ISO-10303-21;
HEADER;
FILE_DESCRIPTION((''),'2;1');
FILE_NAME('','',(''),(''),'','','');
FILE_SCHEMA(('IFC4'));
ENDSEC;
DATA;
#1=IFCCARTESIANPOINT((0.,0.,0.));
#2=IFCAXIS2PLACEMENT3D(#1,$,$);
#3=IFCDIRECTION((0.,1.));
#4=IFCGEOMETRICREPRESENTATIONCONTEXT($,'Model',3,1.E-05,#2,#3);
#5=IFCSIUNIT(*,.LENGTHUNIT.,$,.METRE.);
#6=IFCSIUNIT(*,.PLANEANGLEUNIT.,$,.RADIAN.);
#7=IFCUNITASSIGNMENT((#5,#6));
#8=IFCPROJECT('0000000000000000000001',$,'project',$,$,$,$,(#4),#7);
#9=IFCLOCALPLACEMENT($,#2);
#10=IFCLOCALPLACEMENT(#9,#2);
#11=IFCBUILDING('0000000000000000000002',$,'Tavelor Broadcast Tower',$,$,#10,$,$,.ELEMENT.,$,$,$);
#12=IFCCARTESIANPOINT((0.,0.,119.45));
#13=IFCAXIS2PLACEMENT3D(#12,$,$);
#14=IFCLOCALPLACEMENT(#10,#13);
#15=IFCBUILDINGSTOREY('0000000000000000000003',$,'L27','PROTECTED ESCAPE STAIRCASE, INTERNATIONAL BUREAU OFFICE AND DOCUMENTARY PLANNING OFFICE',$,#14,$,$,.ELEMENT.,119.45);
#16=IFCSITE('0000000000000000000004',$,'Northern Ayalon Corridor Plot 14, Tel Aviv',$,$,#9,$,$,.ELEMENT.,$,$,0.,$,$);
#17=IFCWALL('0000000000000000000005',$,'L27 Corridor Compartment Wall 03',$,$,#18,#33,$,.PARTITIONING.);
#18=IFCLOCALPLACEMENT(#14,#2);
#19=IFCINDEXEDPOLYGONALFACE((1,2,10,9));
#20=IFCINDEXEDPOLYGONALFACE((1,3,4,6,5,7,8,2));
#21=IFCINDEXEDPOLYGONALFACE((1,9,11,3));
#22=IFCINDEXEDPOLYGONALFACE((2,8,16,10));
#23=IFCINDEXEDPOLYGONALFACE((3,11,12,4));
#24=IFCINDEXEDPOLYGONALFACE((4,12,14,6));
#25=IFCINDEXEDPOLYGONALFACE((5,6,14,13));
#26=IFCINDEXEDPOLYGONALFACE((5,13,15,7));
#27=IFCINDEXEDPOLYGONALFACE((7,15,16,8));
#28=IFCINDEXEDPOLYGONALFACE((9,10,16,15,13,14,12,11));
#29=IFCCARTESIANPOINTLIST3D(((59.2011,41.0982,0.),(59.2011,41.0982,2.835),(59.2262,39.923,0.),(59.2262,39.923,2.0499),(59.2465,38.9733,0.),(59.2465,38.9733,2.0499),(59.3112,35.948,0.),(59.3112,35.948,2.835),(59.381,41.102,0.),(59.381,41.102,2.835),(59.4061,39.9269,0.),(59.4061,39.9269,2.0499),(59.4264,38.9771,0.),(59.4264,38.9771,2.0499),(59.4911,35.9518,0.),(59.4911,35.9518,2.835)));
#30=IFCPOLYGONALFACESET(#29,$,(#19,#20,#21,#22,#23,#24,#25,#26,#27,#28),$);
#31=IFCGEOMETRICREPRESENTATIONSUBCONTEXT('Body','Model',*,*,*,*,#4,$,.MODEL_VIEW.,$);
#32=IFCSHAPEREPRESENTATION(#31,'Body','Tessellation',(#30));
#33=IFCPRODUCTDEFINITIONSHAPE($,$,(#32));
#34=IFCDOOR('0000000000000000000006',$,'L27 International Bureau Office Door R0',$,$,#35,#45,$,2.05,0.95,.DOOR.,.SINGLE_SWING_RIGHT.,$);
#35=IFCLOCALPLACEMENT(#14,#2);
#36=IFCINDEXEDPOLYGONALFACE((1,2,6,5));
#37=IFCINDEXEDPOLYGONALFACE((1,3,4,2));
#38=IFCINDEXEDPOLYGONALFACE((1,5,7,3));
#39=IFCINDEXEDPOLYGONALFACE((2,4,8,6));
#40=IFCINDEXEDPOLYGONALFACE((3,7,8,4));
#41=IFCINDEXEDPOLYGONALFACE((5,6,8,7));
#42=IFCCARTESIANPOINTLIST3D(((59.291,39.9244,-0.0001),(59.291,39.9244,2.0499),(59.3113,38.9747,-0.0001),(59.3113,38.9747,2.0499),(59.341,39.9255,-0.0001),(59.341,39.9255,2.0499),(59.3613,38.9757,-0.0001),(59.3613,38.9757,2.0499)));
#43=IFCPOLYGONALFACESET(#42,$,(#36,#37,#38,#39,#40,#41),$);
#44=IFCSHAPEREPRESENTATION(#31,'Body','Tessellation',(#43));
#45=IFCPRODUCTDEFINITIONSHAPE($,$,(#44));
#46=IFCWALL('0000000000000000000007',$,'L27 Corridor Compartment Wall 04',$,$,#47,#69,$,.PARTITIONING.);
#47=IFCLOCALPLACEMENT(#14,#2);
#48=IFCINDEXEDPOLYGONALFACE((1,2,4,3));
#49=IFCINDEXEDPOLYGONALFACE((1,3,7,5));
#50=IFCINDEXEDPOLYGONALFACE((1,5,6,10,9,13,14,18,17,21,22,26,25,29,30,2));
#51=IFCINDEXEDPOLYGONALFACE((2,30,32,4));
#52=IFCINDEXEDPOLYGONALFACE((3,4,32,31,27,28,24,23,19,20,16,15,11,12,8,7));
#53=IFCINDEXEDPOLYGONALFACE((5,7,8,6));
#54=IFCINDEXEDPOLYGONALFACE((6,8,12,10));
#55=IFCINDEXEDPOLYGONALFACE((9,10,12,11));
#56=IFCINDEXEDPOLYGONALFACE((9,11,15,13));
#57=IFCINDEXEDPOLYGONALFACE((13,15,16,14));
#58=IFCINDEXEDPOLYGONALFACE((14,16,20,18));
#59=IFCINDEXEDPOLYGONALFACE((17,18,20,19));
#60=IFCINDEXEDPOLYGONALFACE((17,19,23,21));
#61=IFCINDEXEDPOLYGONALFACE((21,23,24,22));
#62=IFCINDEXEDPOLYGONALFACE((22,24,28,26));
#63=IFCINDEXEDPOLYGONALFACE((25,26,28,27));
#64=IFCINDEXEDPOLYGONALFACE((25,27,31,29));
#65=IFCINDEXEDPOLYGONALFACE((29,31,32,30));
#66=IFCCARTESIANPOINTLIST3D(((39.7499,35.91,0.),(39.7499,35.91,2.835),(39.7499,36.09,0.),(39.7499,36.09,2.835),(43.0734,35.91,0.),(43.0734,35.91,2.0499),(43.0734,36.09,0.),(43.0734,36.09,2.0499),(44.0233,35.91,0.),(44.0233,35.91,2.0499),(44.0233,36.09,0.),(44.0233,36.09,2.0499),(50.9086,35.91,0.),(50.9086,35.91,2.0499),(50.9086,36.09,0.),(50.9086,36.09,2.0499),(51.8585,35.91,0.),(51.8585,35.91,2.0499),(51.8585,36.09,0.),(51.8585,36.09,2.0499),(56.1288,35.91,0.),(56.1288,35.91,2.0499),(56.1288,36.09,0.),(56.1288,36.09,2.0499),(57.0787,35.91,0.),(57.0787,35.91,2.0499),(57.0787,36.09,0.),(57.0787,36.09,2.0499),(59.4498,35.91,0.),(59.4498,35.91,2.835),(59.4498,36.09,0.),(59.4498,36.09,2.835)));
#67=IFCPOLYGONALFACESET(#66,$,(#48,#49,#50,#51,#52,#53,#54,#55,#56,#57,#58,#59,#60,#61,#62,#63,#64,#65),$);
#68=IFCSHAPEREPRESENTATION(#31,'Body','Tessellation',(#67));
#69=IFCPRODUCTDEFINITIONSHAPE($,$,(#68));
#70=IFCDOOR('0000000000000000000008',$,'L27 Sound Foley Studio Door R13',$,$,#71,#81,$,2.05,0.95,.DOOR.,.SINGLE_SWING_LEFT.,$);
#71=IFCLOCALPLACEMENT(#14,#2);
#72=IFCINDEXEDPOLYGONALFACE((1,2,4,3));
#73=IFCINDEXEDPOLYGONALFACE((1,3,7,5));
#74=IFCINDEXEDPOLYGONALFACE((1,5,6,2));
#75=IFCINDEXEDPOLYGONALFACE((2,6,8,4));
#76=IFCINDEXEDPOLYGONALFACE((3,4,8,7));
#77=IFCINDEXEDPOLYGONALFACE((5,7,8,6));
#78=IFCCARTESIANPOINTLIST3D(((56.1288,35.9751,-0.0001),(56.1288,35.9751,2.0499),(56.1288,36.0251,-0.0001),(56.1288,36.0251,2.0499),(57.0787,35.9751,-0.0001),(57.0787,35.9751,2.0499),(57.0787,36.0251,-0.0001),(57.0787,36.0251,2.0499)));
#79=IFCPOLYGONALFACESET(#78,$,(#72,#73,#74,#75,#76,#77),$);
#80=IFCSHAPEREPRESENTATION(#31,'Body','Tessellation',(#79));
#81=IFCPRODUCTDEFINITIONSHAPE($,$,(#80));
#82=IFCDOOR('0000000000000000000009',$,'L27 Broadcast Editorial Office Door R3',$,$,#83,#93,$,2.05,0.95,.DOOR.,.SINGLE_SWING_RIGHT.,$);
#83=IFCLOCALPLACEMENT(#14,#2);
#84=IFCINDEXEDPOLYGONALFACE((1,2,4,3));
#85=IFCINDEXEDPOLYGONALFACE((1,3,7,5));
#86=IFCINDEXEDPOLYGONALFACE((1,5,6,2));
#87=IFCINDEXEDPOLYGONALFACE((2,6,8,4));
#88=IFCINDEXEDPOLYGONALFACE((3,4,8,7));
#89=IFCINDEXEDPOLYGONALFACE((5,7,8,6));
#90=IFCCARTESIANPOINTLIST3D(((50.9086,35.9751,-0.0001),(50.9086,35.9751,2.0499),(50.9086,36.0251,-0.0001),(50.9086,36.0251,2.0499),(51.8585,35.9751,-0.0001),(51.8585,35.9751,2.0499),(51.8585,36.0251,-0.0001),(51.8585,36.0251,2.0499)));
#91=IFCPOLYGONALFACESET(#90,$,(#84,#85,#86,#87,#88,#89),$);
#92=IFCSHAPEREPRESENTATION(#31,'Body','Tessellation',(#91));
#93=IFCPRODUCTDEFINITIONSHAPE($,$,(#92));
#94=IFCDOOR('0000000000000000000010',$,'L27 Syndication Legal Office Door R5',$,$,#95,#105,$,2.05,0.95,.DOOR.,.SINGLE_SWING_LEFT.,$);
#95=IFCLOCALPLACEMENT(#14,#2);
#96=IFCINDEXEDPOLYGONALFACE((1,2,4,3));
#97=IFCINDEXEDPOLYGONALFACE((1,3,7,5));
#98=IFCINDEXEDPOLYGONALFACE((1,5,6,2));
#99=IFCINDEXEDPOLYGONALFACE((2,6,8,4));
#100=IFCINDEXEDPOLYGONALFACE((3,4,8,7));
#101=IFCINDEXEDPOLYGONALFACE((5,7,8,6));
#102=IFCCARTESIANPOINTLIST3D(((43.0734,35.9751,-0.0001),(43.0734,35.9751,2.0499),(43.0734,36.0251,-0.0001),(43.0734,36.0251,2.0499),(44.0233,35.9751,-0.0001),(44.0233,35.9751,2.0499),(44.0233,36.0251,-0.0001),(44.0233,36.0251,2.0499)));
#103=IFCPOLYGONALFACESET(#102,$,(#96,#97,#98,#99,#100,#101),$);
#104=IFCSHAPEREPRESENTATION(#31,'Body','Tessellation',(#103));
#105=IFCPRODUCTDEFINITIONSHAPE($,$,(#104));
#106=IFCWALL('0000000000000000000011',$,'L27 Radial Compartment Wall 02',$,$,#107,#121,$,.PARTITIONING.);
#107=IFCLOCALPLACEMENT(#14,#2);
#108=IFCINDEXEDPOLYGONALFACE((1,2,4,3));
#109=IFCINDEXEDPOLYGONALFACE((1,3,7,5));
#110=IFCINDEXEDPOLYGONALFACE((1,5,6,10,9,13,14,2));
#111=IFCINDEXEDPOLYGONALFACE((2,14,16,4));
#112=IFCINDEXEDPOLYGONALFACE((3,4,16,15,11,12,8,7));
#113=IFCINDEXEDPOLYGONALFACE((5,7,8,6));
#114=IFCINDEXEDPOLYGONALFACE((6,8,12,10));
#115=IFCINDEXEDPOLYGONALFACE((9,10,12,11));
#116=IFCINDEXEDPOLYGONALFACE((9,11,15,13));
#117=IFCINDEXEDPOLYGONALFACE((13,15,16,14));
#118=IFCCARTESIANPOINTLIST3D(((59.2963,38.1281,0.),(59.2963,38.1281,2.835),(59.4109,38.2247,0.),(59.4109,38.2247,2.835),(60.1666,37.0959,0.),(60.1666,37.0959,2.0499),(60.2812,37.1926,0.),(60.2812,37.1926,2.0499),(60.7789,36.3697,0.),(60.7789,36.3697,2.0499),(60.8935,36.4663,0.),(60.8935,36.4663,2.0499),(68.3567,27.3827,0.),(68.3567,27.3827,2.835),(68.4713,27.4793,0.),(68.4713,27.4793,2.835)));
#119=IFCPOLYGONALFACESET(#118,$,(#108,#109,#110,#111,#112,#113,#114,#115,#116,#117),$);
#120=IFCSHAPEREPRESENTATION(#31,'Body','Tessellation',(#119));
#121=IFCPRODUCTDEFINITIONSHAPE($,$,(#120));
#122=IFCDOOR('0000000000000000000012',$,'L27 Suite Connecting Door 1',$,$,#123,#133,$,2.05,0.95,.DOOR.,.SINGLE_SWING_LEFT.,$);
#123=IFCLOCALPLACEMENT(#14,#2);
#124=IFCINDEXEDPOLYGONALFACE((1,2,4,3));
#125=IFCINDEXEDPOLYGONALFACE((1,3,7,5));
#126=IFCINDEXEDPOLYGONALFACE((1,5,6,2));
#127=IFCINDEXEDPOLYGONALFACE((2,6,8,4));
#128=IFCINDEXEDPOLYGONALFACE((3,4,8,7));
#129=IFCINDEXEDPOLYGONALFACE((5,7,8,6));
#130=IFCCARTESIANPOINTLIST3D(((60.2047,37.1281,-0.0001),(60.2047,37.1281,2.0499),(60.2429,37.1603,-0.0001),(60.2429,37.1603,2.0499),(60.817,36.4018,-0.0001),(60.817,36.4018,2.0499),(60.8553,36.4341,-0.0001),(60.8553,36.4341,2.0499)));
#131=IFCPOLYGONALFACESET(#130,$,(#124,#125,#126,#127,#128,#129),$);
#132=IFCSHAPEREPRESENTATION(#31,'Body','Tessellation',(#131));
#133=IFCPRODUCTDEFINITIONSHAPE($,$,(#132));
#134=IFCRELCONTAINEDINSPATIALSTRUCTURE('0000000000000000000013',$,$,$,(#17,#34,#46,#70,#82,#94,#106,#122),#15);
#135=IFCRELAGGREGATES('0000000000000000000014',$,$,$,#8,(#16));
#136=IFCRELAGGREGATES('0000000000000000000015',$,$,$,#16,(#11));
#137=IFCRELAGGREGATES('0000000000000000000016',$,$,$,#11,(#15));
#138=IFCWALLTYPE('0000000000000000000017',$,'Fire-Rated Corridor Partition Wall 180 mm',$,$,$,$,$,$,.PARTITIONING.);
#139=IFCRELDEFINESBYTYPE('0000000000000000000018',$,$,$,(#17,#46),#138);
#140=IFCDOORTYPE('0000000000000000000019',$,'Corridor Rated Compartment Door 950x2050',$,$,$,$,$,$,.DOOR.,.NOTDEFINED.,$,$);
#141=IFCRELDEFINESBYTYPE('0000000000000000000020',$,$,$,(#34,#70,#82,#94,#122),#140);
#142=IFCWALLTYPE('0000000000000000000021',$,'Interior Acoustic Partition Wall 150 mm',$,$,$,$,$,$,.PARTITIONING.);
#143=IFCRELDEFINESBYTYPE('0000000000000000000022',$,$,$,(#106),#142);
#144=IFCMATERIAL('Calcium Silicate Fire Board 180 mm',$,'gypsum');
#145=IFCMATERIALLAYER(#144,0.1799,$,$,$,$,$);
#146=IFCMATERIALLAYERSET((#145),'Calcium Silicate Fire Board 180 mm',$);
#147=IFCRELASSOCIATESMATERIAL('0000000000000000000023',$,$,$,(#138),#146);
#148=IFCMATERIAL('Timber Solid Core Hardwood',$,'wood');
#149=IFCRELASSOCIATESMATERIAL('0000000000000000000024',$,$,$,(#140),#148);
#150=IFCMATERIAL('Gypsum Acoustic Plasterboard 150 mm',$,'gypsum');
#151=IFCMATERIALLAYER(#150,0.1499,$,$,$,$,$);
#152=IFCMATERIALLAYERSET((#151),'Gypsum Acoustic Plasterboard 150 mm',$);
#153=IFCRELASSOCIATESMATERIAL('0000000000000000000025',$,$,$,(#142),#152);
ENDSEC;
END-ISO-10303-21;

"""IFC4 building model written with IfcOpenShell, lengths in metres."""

from ifc_helpers import new_model, si_unit, direction, frame, frame_2d, origin, place, context, subcontext, project, spatial, rectangle, extrude, material, layer, layer_set, type_object, element, fill, save


model = new_model("IFC4")

# Units and contexts
model_context = context("Model", 3, precision=1e-05, world=origin(), true_north=direction((0.0, 1.0)))
body_context = subcontext(model_context, "Body", "Model", "MODEL_VIEW")
ifc_project = project(units=[si_unit("LENGTHUNIT", "METRE"), si_unit("PLANEANGLEUNIT", "RADIAN")], contexts=[model_context])

# Site, building, storey
site_placement = place(None, origin())
site = spatial("IfcSite", under=ifc_project, at=site_placement, Name="Northern Ayalon Corridor Plot 14, Tel Aviv", CompositionType="ELEMENT", RefElevation=0.0)
building_placement = place(site_placement, origin())
building = spatial("IfcBuilding", under=site, at=building_placement, Name="Tavelor Broadcast Tower", CompositionType="ELEMENT")
storey_placement = place(building_placement, frame((0.0, 0.0, 119.45)))
storey = spatial("IfcBuildingStorey", under=building, at=storey_placement, Name="L27", Description="PROTECTED ESCAPE STAIRCASE, INTERNATIONAL BUREAU OFFICE AND DOCUMENTARY PLANNING OFFICE", CompositionType="ELEMENT", Elevation=119.45)

# Wall, opening, door
ifc_material_1 = material(Name="Calcium Silicate Fire Board 180 mm", Category="gypsum")
ifc_layer_1 = layer(ifc_material_1, 0.1799)
ifc_layer_set_1 = layer_set([ifc_layer_1], Name="Calcium Silicate Fire Board 180 mm")
wall_type_1 = type_object("IfcWallType", Name="Fire-Rated Corridor Partition Wall 180 mm", PredefinedType="PARTITIONING", material=ifc_layer_set_1)
wall_1_placement = place(storey_placement, frame((59.291, 41.1001, 0.0), z_axis=(0.0, 0.0, 1.0), x_axis=(0.021375, -0.999772, 0.0)))
wall_1 = element("IfcWall", 1, at=wall_1_placement, inside=storey, type_object=wall_type_1, Name="L27 Corridor Compartment Wall 03", PredefinedType="PARTITIONING", context=body_context, shape_type="SweptSolid", body=[
    extrude(rectangle(XDim=5.1514, YDim=0.1799, at=frame_2d((2.5757, 0.0))), origin(), (0.0, 0.0, 1.0), 2.835),
])
opening_1_placement = place(wall_1_placement, frame((1.1753, 0.0, 0.0)))
opening_1 = element("IfcOpeningElement", 2, at=opening_1_placement, cuts=wall_1, PredefinedType="OPENING", context=body_context, shape_type="SweptSolid", body=[
    extrude(rectangle(XDim=0.95, YDim=2.05, at=frame_2d((0.4751, 1.0249))), frame((0.0, 0.1001, 0.0), z_axis=(0.0, -1.0, 0.0), x_axis=(1.0, 0.0, 0.0)), (0.0, 0.0, 1.0), 0.2),
])
ifc_material_2 = material(Name="Timber Solid Core Hardwood", Category="wood")
door_type_1 = type_object("IfcDoorType", Name="Corridor Rated Compartment Door 950x2050", OperationType="NOTDEFINED", PredefinedType="DOOR", material=ifc_material_2)
door_1_placement = place(opening_1_placement, origin())
door_1 = element("IfcDoor", 3, at=door_1_placement, inside=storey, type_object=door_type_1, Name="L27 International Bureau Office Door R0", OperationType="SINGLE_SWING_RIGHT", OverallHeight=2.05, OverallWidth=0.95, PredefinedType="DOOR", context=body_context, shape_type="SweptSolid", body=[
    extrude(rectangle(XDim=0.95, YDim=2.05, at=frame_2d((0.4751, 1.0249))), frame((0.0, 0.0249, 0.0), z_axis=(0.0, -1.0, 0.0), x_axis=(1.0, 0.0, 0.0)), (0.0, 0.0, 1.0), 0.05),
])
fill(opening_1, door_1)

# Wall, openings, doors
wall_2_placement = place(storey_placement, frame((59.45, 36.0, 0.0), z_axis=(0.0, 0.0, 1.0), x_axis=(-1.0, 0.0, 0.0)))
wall_2 = element("IfcWall", 4, at=wall_2_placement, inside=storey, type_object=wall_type_1, Name="L27 Corridor Compartment Wall 04", PredefinedType="PARTITIONING", context=body_context, shape_type="SweptSolid", body=[
    extrude(rectangle(XDim=19.7, YDim=0.1799, at=frame_2d((9.8501, 0.0))), origin(), (0.0, 0.0, 1.0), 2.835),
])
opening_2_placement = place(wall_2_placement, frame((2.3711, 0.0, 0.0)))
opening_2 = element("IfcOpeningElement", 5, at=opening_2_placement, cuts=wall_2, PredefinedType="OPENING", context=body_context, shape_type="SweptSolid", body=[
    extrude(rectangle(XDim=0.95, YDim=2.05, at=frame_2d((0.4751, 1.0249))), frame((0.0, 0.1001, 0.0), z_axis=(0.0, -1.0, 0.0), x_axis=(1.0, 0.0, 0.0)), (0.0, 0.0, 1.0), 0.2),
])
opening_3_placement = place(wall_2_placement, frame((7.5913, 0.0, 0.0)))
opening_3 = element("IfcOpeningElement", 6, at=opening_3_placement, cuts=wall_2, PredefinedType="OPENING", context=body_context, shape_type="SweptSolid", body=[
    extrude(rectangle(XDim=0.95, YDim=2.05, at=frame_2d((0.4751, 1.0249))), frame((0.0, 0.1001, 0.0), z_axis=(0.0, -1.0, 0.0), x_axis=(1.0, 0.0, 0.0)), (0.0, 0.0, 1.0), 0.2),
])
opening_4_placement = place(wall_2_placement, frame((15.4265, 0.0, 0.0)))
opening_4 = element("IfcOpeningElement", 7, at=opening_4_placement, cuts=wall_2, PredefinedType="OPENING", context=body_context, shape_type="SweptSolid", body=[
    extrude(rectangle(XDim=0.95, YDim=2.05, at=frame_2d((0.4751, 1.0249))), frame((0.0, 0.1001, 0.0), z_axis=(0.0, -1.0, 0.0), x_axis=(1.0, 0.0, 0.0)), (0.0, 0.0, 1.0), 0.2),
])
door_2_placement = place(opening_2_placement, origin())
door_2 = element("IfcDoor", 8, at=door_2_placement, inside=storey, type_object=door_type_1, Name="L27 Sound Foley Studio Door R13", OperationType="SINGLE_SWING_LEFT", OverallHeight=2.05, OverallWidth=0.95, PredefinedType="DOOR", context=body_context, shape_type="SweptSolid", body=[
    extrude(rectangle(XDim=0.95, YDim=2.05, at=frame_2d((0.4751, 1.0249))), frame((0.0, 0.0249, 0.0), z_axis=(0.0, -1.0, 0.0), x_axis=(1.0, 0.0, 0.0)), (0.0, 0.0, 1.0), 0.05),
])
fill(opening_2, door_2)
door_3_placement = place(opening_3_placement, origin())
door_3 = element("IfcDoor", 9, at=door_3_placement, inside=storey, type_object=door_type_1, Name="L27 Broadcast Editorial Office Door R3", OperationType="SINGLE_SWING_RIGHT", OverallHeight=2.05, OverallWidth=0.95, PredefinedType="DOOR", context=body_context, shape_type="SweptSolid", body=[
    extrude(rectangle(XDim=0.95, YDim=2.05, at=frame_2d((0.4751, 1.0249))), frame((0.0, 0.0249, 0.0), z_axis=(0.0, -1.0, 0.0), x_axis=(1.0, 0.0, 0.0)), (0.0, 0.0, 1.0), 0.05),
])
fill(opening_3, door_3)
door_4_placement = place(opening_4_placement, origin())
door_4 = element("IfcDoor", 10, at=door_4_placement, inside=storey, type_object=door_type_1, Name="L27 Syndication Legal Office Door R5", OperationType="SINGLE_SWING_LEFT", OverallHeight=2.05, OverallWidth=0.95, PredefinedType="DOOR", context=body_context, shape_type="SweptSolid", body=[
    extrude(rectangle(XDim=0.95, YDim=2.05, at=frame_2d((0.4751, 1.0249))), frame((0.0, 0.0249, 0.0), z_axis=(0.0, -1.0, 0.0), x_axis=(1.0, 0.0, 0.0)), (0.0, 0.0, 1.0), 0.05),
])
fill(opening_4, door_4)

# Wall, opening, door
ifc_material_3 = material(Name="Gypsum Acoustic Plasterboard 150 mm", Category="gypsum")
ifc_layer_2 = layer(ifc_material_3, 0.1499)
ifc_layer_set_2 = layer_set([ifc_layer_2], Name="Gypsum Acoustic Plasterboard 150 mm")
wall_type_2 = type_object("IfcWallType", Name="Interior Acoustic Partition Wall 150 mm", PredefinedType="PARTITIONING", material=ifc_layer_set_2)
wall_3_placement = place(storey_placement, frame((59.3535, 38.1765, 0.0), z_axis=(0.0, 0.0, 1.0), x_axis=(0.644618, -0.764505, 0.0)))
wall_3 = element("IfcWall", 11, at=wall_3_placement, inside=storey, type_object=wall_type_2, Name="L27 Radial Compartment Wall 02", PredefinedType="PARTITIONING", context=body_context, shape_type="SweptSolid", body=[
    extrude(rectangle(XDim=14.0554, YDim=0.1499, at=frame_2d((7.0278, 0.0))), origin(), (0.0, 0.0, 1.0), 2.835),
])
opening_5_placement = place(wall_3_placement, frame((1.3501, 0.0, 0.0)))
opening_5 = element("IfcOpeningElement", 12, at=opening_5_placement, cuts=wall_3, PredefinedType="OPENING", context=body_context, shape_type="SweptSolid", body=[
    extrude(rectangle(XDim=0.95, YDim=2.05, at=frame_2d((0.4751, 1.0249))), frame((0.0, 0.085, 0.0), z_axis=(0.0, -1.0, 0.0), x_axis=(1.0, 0.0, 0.0)), (0.0, 0.0, 1.0), 0.1699),
])
door_5_placement = place(opening_5_placement, origin())
door_5 = element("IfcDoor", 13, at=door_5_placement, inside=storey, type_object=door_type_1, Name="L27 Suite Connecting Door 1", OperationType="SINGLE_SWING_LEFT", OverallHeight=2.05, OverallWidth=0.95, PredefinedType="DOOR", context=body_context, shape_type="SweptSolid", body=[
    extrude(rectangle(XDim=0.95, YDim=2.05, at=frame_2d((0.4751, 1.0249))), frame((0.0, 0.0249, 0.0), z_axis=(0.0, -1.0, 0.0), x_axis=(1.0, 0.0, 0.0)), (0.0, 0.0, 1.0), 0.05),
])
fill(opening_5, door_5)

save(model, "model.ifc")
